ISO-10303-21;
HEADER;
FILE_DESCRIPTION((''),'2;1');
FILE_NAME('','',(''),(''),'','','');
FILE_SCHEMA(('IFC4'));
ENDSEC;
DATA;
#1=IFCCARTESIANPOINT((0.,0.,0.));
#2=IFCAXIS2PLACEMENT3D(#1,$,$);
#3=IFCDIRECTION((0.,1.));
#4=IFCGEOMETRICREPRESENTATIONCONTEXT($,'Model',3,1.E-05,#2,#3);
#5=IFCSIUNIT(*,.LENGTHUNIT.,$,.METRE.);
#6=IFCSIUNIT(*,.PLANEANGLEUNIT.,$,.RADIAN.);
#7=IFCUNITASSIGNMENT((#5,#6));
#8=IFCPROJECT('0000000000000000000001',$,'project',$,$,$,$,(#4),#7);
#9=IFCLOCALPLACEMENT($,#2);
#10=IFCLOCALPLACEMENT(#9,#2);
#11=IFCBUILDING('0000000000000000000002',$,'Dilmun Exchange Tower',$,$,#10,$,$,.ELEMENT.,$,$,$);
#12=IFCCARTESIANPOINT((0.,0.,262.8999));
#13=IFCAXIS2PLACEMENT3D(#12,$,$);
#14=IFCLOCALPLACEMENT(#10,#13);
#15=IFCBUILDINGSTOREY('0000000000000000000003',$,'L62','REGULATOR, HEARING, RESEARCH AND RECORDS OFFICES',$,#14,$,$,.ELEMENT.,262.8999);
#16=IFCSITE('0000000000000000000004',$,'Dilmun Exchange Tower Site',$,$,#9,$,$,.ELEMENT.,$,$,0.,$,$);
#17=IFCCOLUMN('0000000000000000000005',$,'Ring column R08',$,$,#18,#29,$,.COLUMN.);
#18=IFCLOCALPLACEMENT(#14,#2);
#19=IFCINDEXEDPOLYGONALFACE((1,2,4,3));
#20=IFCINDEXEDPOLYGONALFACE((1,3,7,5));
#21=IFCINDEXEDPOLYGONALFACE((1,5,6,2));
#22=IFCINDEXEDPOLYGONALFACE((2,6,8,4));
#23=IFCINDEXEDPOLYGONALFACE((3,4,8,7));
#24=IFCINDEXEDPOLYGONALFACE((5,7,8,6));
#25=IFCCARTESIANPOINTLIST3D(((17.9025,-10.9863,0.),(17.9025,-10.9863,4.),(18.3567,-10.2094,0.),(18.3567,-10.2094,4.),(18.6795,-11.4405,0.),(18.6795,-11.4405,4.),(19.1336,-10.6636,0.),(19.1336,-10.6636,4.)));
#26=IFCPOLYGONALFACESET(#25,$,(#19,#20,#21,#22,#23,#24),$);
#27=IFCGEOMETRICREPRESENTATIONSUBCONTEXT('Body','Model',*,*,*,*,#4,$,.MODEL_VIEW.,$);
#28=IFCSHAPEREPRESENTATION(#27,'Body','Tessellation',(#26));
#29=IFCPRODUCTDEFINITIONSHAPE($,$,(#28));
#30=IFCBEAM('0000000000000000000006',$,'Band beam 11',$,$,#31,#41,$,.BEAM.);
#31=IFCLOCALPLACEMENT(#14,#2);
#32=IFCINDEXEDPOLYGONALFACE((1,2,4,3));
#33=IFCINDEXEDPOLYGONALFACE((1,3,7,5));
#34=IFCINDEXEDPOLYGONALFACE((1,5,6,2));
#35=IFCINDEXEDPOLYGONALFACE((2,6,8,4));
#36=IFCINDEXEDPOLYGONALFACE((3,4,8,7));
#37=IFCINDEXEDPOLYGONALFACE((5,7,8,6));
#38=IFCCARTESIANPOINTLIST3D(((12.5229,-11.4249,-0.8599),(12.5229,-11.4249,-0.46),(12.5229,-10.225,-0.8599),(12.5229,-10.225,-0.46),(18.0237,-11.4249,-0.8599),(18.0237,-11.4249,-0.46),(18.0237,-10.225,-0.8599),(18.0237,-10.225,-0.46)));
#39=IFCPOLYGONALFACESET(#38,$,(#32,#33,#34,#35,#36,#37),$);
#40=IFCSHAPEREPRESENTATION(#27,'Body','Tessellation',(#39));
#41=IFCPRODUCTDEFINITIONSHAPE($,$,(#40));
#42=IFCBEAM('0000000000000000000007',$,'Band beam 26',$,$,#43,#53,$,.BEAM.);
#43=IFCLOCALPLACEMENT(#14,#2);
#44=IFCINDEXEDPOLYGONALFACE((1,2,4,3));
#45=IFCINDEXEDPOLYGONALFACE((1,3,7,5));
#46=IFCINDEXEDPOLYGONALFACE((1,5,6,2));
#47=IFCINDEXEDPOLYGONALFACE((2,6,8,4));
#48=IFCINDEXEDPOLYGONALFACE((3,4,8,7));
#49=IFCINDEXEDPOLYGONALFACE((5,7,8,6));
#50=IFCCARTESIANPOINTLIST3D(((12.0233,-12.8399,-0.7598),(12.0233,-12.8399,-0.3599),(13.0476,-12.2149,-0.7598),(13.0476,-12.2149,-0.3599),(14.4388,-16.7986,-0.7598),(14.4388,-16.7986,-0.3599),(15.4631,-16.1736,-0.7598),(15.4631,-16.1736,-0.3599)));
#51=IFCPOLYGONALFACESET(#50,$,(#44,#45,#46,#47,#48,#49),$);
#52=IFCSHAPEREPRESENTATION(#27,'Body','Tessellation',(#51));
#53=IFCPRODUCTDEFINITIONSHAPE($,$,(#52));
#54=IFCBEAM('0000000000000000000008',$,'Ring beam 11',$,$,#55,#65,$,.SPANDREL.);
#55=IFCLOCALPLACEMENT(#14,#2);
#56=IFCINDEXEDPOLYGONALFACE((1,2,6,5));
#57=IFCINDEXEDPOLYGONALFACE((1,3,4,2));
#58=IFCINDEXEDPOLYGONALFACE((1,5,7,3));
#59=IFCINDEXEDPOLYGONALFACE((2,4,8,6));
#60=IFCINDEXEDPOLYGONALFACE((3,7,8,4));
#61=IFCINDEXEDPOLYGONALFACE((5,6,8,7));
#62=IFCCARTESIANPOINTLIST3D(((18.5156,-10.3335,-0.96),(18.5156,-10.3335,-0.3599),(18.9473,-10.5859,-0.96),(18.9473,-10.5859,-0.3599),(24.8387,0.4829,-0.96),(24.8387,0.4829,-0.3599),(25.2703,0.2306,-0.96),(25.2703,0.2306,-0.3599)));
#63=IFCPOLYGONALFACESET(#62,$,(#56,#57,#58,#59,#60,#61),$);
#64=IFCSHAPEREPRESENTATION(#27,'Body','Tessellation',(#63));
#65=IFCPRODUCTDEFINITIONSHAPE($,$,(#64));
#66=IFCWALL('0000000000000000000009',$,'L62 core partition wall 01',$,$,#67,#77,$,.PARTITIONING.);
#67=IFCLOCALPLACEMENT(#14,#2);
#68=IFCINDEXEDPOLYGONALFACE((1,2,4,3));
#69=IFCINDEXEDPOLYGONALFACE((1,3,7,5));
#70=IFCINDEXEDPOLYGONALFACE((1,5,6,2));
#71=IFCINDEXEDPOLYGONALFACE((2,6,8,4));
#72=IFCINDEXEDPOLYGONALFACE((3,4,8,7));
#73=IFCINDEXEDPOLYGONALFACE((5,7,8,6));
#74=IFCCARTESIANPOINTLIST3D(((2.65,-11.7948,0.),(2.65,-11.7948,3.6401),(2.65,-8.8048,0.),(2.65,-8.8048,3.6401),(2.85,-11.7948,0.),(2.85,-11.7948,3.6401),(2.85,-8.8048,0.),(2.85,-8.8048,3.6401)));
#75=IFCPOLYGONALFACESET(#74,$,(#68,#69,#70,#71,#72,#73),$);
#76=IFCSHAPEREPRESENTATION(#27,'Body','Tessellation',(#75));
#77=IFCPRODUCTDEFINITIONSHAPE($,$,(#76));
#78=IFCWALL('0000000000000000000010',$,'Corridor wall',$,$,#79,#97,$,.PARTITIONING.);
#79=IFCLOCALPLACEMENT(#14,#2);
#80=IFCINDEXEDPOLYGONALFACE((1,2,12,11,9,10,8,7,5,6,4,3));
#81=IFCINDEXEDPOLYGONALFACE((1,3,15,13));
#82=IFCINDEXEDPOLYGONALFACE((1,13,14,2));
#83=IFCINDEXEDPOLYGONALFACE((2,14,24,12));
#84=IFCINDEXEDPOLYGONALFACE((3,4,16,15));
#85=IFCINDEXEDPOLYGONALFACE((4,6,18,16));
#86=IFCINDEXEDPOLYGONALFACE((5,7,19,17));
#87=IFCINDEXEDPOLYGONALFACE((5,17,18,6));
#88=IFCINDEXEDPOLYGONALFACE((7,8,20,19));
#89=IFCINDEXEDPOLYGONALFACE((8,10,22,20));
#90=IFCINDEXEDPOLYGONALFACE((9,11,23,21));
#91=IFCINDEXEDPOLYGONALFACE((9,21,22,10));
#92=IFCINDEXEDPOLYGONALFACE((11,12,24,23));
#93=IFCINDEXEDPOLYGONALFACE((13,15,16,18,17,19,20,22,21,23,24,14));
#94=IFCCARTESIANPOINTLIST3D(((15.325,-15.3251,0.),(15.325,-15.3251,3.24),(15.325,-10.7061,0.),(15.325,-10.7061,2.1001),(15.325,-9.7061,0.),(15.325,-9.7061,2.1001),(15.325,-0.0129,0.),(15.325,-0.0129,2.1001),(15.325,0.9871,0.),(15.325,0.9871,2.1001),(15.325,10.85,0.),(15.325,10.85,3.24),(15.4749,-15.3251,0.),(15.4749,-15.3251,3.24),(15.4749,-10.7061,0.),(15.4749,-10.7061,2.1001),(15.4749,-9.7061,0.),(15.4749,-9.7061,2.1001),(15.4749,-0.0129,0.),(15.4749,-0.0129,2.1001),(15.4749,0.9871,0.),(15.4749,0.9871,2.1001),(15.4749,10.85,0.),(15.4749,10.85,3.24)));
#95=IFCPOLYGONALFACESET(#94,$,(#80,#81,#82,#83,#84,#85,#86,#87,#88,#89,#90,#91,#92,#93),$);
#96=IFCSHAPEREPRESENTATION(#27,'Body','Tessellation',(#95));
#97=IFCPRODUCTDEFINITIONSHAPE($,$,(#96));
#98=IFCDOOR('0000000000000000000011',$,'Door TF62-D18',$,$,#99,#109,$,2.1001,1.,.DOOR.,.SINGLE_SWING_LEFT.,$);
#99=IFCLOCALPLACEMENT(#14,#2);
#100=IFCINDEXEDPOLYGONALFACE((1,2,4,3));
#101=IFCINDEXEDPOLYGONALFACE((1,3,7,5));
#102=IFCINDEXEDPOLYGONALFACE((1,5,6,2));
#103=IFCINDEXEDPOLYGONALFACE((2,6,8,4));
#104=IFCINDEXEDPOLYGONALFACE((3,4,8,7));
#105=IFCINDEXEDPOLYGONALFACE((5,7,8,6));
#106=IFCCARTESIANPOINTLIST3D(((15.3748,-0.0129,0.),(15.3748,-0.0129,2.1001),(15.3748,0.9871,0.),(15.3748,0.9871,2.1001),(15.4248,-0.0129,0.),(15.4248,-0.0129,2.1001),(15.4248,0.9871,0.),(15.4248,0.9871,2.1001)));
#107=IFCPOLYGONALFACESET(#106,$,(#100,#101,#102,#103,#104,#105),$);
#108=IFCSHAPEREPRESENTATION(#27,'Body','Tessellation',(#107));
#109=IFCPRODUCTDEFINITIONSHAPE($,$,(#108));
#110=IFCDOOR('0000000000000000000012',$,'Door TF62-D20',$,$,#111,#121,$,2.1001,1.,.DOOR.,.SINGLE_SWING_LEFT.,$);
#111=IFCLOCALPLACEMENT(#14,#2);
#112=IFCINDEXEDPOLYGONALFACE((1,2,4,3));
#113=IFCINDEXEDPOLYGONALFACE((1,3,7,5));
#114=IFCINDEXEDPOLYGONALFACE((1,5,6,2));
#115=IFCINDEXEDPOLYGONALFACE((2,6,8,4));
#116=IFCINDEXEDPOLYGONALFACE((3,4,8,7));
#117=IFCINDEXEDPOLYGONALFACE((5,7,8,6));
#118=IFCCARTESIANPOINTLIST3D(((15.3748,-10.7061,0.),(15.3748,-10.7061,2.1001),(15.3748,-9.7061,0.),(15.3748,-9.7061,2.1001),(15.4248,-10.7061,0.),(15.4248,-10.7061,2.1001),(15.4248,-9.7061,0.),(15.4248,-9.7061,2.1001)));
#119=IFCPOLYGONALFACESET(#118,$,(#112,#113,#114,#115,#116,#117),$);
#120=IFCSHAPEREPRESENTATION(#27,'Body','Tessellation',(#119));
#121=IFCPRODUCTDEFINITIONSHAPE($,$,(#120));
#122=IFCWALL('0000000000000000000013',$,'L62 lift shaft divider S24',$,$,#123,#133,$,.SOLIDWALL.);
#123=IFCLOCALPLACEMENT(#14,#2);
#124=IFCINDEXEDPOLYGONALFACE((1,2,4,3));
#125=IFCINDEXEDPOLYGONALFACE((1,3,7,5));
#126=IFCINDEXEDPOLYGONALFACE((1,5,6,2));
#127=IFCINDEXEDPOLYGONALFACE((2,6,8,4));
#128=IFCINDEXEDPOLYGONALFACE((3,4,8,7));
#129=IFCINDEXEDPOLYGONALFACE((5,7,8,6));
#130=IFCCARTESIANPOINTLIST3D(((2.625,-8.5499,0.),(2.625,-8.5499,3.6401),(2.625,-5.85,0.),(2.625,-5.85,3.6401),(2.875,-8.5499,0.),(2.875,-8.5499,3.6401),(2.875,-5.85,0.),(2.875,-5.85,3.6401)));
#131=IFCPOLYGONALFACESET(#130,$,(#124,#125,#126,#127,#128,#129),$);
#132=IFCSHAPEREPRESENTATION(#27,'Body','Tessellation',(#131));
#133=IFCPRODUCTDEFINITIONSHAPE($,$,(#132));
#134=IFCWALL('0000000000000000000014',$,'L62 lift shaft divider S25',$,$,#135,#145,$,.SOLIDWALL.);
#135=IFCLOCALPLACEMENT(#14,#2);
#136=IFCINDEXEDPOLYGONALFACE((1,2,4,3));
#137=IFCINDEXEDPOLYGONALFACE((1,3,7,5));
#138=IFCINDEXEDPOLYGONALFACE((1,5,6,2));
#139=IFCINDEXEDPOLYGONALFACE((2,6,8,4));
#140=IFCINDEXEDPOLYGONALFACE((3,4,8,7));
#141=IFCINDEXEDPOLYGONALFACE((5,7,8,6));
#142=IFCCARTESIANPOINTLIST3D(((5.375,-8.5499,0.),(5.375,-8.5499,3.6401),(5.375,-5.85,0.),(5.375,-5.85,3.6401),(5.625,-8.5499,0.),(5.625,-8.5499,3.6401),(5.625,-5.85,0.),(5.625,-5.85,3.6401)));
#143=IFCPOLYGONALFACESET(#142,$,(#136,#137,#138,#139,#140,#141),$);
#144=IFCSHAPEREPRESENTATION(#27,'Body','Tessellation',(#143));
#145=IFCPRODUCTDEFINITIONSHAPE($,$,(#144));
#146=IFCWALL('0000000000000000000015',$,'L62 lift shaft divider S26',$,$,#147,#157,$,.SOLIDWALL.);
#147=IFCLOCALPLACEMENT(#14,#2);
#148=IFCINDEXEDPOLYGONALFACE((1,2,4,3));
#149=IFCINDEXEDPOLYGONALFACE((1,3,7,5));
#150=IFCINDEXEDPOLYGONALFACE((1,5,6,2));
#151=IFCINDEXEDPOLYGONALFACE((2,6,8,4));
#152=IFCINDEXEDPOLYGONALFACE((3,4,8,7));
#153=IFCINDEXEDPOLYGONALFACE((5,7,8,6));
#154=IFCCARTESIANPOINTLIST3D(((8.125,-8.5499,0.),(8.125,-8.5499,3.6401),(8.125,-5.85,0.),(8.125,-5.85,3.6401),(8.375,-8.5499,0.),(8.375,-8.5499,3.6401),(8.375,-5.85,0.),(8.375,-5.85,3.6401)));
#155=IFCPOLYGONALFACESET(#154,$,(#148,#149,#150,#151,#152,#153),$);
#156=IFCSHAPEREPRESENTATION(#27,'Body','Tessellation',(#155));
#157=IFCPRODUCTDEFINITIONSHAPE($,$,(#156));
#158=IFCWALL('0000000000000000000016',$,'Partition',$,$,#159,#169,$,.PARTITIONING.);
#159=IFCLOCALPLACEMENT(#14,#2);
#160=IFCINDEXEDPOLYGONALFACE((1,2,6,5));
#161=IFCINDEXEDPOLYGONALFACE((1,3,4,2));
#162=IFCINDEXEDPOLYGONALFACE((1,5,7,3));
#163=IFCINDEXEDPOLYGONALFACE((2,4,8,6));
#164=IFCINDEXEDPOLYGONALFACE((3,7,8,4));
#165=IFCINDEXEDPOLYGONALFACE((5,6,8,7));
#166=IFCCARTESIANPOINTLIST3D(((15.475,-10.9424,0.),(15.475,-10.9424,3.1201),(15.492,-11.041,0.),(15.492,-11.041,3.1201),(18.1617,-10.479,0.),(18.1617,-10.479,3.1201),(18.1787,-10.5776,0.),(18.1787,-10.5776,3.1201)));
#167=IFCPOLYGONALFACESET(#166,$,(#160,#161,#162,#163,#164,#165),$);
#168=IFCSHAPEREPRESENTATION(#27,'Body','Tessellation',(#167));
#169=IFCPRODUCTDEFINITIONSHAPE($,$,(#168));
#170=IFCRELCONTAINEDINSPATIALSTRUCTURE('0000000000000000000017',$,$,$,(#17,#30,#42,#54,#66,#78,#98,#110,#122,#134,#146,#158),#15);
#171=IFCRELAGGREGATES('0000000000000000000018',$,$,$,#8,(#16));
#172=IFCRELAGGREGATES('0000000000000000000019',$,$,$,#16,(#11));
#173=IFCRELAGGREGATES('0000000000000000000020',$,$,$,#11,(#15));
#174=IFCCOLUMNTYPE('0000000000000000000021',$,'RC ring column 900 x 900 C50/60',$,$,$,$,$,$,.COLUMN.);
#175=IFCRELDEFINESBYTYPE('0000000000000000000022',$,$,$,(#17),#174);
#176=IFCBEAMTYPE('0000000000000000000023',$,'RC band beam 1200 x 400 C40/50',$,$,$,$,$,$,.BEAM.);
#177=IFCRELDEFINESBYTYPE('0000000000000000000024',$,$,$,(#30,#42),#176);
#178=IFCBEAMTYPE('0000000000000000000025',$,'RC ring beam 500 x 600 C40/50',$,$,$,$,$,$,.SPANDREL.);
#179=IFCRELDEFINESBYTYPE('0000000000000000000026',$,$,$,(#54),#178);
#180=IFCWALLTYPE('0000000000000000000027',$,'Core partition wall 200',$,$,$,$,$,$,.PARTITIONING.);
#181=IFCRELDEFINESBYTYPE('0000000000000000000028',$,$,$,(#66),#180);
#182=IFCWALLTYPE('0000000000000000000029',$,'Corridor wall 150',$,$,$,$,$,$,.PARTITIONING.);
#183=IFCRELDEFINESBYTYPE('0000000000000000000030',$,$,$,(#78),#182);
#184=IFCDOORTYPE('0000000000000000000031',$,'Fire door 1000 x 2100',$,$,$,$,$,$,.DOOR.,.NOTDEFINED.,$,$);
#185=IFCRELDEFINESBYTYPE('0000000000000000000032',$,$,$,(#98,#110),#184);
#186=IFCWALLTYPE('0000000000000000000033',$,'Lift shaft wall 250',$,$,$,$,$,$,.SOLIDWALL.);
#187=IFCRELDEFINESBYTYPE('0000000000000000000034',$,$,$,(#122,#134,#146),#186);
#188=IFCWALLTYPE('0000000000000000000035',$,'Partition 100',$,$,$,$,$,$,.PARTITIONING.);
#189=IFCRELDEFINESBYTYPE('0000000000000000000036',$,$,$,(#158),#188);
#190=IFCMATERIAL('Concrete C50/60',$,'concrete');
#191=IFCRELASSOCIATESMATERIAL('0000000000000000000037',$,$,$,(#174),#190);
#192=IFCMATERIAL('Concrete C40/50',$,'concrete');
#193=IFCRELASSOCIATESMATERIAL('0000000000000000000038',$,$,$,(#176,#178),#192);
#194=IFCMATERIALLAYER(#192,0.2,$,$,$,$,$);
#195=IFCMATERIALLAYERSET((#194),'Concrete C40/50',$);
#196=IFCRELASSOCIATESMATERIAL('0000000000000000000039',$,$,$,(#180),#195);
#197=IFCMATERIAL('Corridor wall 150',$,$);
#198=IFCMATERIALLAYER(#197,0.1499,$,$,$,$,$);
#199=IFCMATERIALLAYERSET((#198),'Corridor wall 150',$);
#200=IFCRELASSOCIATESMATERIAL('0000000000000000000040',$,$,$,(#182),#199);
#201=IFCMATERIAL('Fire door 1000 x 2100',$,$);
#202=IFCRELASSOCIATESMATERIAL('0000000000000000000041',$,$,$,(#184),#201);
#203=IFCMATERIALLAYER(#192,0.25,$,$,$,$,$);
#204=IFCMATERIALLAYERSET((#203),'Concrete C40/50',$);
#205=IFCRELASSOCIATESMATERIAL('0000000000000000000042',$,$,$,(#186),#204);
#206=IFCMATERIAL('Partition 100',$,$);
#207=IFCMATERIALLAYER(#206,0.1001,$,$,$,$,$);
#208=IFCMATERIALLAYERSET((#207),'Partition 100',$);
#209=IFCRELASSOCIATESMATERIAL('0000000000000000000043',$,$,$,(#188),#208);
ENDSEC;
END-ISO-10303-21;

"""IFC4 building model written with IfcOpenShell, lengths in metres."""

from ifc_helpers import new_model, si_unit, direction, frame, frame_2d, origin, origin_2d, place, context, subcontext, project, spatial, rectangle, extrude, material, layer, layer_set, material_profile, profile_set, type_object, element, fill, save


model = new_model("IFC4")

# Units and contexts
model_context = context("Model", 3, precision=1e-05, world=origin(), true_north=direction((0.0, 1.0)))
body_context = subcontext(model_context, "Body", "Model", "MODEL_VIEW")
ifc_project = project(units=[si_unit("LENGTHUNIT", "METRE"), si_unit("PLANEANGLEUNIT", "RADIAN")], contexts=[model_context])

# Site, building, storey
site_placement = place(None, origin())
site = spatial("IfcSite", under=ifc_project, at=site_placement, Name="Dilmun Exchange Tower Site", CompositionType="ELEMENT", RefElevation=0.0)
building_placement = place(site_placement, origin())
building = spatial("IfcBuilding", under=site, at=building_placement, Name="Dilmun Exchange Tower", CompositionType="ELEMENT")
storey_placement = place(building_placement, frame((0.0, 0.0, 262.8999)))
storey = spatial("IfcBuildingStorey", under=building, at=storey_placement, Name="L62", Description="REGULATOR, HEARING, RESEARCH AND RECORDS OFFICES", CompositionType="ELEMENT", Elevation=262.8999)

# Column
ifc_material_1 = material(Name="Concrete C50/60", Category="concrete")
ifc_material_profile_1 = material_profile(ifc_material_1, rectangle(XDim=0.8999, YDim=0.8999, at=origin_2d()), Name="900 x 900")
ifc_profile_set_1 = profile_set([ifc_material_profile_1], Name="Concrete C50/60")
column_type = type_object("IfcColumnType", Name="RC ring column 900 x 900 C50/60", PredefinedType="COLUMN", material=ifc_profile_set_1)
column_placement = place(storey_placement, frame((18.5181, -10.825, 0.0), z_axis=(0.0, 0.0, 1.0), x_axis=(0.504644, 0.863328, 0.0)))
element("IfcColumn", 1, at=column_placement, inside=storey, type_object=column_type, Name="Ring column R08", PredefinedType="COLUMN", context=body_context, shape_type="SweptSolid", body=[
    extrude(rectangle(XDim=0.8999, YDim=0.8999, at=origin_2d()), origin(), (0.0, 0.0, 1.0), 4.0),
])

# Beams
ifc_material_2 = material(Name="Concrete C40/50", Category="concrete")
ifc_material_profile_2 = material_profile(ifc_material_2, rectangle(XDim=1.2, YDim=0.3999, at=origin_2d()), Name="1200 x 400")
ifc_profile_set_2 = profile_set([ifc_material_profile_2], Name="Concrete C40/50")
beam_type_1 = type_object("IfcBeamType", Name="RC band beam 1200 x 400 C40/50", PredefinedType="BEAM", material=ifc_profile_set_2)
beam_1_placement = place(storey_placement, frame((18.0237, -10.825, -0.6599), z_axis=(-1.0, 0.0, 0.0), x_axis=(0.0, -1.0, 0.0)))
element("IfcBeam", 2, at=beam_1_placement, inside=storey, type_object=beam_type_1, Name="Band beam 11", PredefinedType="BEAM", context=body_context, shape_type="SweptSolid", body=[
    extrude(rectangle(XDim=1.2, YDim=0.3999, at=origin_2d()), origin(), (0.0, 0.0, 1.0), 5.5007),
])
beam_2_placement = place(storey_placement, frame((14.9509, -16.4861, -0.5598), z_axis=(-0.520869, 0.853637, 0.0), x_axis=(-0.853637, -0.520869, 0.0)))
element("IfcBeam", 3, at=beam_2_placement, inside=storey, type_object=beam_type_1, Name="Band beam 26", PredefinedType="BEAM", context=body_context, shape_type="SweptSolid", body=[
    extrude(rectangle(XDim=1.2, YDim=0.3999, at=origin_2d()), origin(), (0.0, 0.0, 1.0), 4.6375),
])
ifc_material_profile_3 = material_profile(ifc_material_2, rectangle(XDim=0.5, YDim=0.6001, at=origin_2d()), Name="500 x 600")
ifc_profile_set_3 = profile_set([ifc_material_profile_3], Name="Concrete C40/50")
beam_type_2 = type_object("IfcBeamType", Name="RC ring beam 500 x 600 C40/50", PredefinedType="SPANDREL", material=ifc_profile_set_3)
beam_3_placement = place(storey_placement, frame((18.7314, -10.4597, -0.6599), z_axis=(0.50467, 0.863312, 0.0), x_axis=(-0.863312, 0.50467, 0.0)))
element("IfcBeam", 4, at=beam_3_placement, inside=storey, type_object=beam_type_2, Name="Ring beam 11", PredefinedType="SPANDREL", context=body_context, shape_type="SweptSolid", body=[
    extrude(rectangle(XDim=0.5, YDim=0.6001, at=origin_2d()), origin(), (0.0, 0.0, 1.0), 12.5291),
])

# Wall
ifc_layer_1 = layer(ifc_material_2, 0.2)
ifc_layer_set_1 = layer_set([ifc_layer_1], Name="Concrete C40/50")
wall_type_1 = type_object("IfcWallType", Name="Core partition wall 200", PredefinedType="PARTITIONING", material=ifc_layer_set_1)
wall_1_placement = place(storey_placement, frame((2.75, -11.7949, 0.0), z_axis=(0.0, 0.0, 1.0), x_axis=(0.0, 1.0, 0.0)))
element("IfcWall", 5, at=wall_1_placement, inside=storey, type_object=wall_type_1, Name="L62 core partition wall 01", PredefinedType="PARTITIONING", context=body_context, shape_type="SweptSolid", body=[
    extrude(rectangle(XDim=2.99, YDim=0.2, at=frame_2d((1.4951, 0.0))), origin(), (0.0, 0.0, 1.0), 3.6401),
])

# Wall, openings, doors
ifc_material_3 = material(Name="Corridor wall 150")
ifc_layer_2 = layer(ifc_material_3, 0.1499)
ifc_layer_set_2 = layer_set([ifc_layer_2], Name="Corridor wall 150")
wall_type_2 = type_object("IfcWallType", Name="Corridor wall 150", PredefinedType="PARTITIONING", material=ifc_layer_set_2)
wall_2_placement = place(storey_placement, frame((15.3999, -15.325, 0.0), z_axis=(0.0, 0.0, 1.0), x_axis=(0.0, 1.0, 0.0)))
wall_2 = element("IfcWall", 6, at=wall_2_placement, inside=storey, type_object=wall_type_2, Name="Corridor wall", PredefinedType="PARTITIONING", context=body_context, shape_type="SweptSolid", body=[
    extrude(rectangle(XDim=26.175, YDim=0.1499, at=frame_2d((13.0874, 0.0))), origin(), (0.0, 0.0, 1.0), 3.24),
])
opening_1_placement = place(wall_2_placement, frame((15.312, 0.0, 0.0)))
opening_1 = element("IfcOpeningElement", 7, at=opening_1_placement, cuts=wall_2, PredefinedType="OPENING", context=body_context, shape_type="SweptSolid", body=[
    extrude(rectangle(XDim=1.0, YDim=2.1001, at=frame_2d((0.5, 1.05))), frame((0.0, 0.085, 0.0), z_axis=(0.0, -1.0, 0.0), x_axis=(1.0, 0.0, 0.0)), (0.0, 0.0, 1.0), 0.1699),
])
opening_2_placement = place(wall_2_placement, frame((4.6189, 0.0, 0.0)))
opening_2 = element("IfcOpeningElement", 8, at=opening_2_placement, cuts=wall_2, PredefinedType="OPENING", context=body_context, shape_type="SweptSolid", body=[
    extrude(rectangle(XDim=1.0, YDim=2.1001, at=frame_2d((0.5, 1.05))), frame((0.0, 0.085, 0.0), z_axis=(0.0, -1.0, 0.0), x_axis=(1.0, 0.0, 0.0)), (0.0, 0.0, 1.0), 0.1699),
])
ifc_material_4 = material(Name="Fire door 1000 x 2100")
door_type_1 = type_object("IfcDoorType", Name="Fire door 1000 x 2100", OperationType="NOTDEFINED", PredefinedType="DOOR", material=ifc_material_4)
door_1_placement = place(opening_1_placement, frame((1.0, 0.0, 0.0), z_axis=(0.0, 0.0, 1.0), x_axis=(-1.0, 0.0, 0.0)))
door_1 = element("IfcDoor", 9, at=door_1_placement, inside=storey, type_object=door_type_1, Name="Door TF62-D18", OperationType="SINGLE_SWING_LEFT", OverallHeight=2.1001, OverallWidth=1.0, PredefinedType="DOOR", context=body_context, shape_type="SweptSolid", body=[
    extrude(rectangle(XDim=1.0, YDim=2.1001, at=frame_2d((0.5, 1.05))), frame((0.0, 0.0249, 0.0), z_axis=(0.0, -1.0, 0.0), x_axis=(1.0, 0.0, 0.0)), (0.0, 0.0, 1.0), 0.05),
])
fill(opening_1, door_1)
door_2_placement = place(opening_2_placement, frame((1.0, 0.0, 0.0), z_axis=(0.0, 0.0, 1.0), x_axis=(-1.0, 0.0, 0.0)))
door_2 = element("IfcDoor", 10, at=door_2_placement, inside=storey, type_object=door_type_1, Name="Door TF62-D20", OperationType="SINGLE_SWING_LEFT", OverallHeight=2.1001, OverallWidth=1.0, PredefinedType="DOOR", context=body_context, shape_type="SweptSolid", body=[
    extrude(rectangle(XDim=1.0, YDim=2.1001, at=frame_2d((0.5, 1.05))), frame((0.0, 0.0249, 0.0), z_axis=(0.0, -1.0, 0.0), x_axis=(1.0, 0.0, 0.0)), (0.0, 0.0, 1.0), 0.05),
])
fill(opening_2, door_2)

# Walls
ifc_layer_3 = layer(ifc_material_2, 0.25)
ifc_layer_set_3 = layer_set([ifc_layer_3], Name="Concrete C40/50")
wall_type_3 = type_object("IfcWallType", Name="Lift shaft wall 250", PredefinedType="SOLIDWALL", material=ifc_layer_set_3)
for number, where, z_axis, x_axis, name in (
    (11, (2.75, -8.55, 0.0), (0.0, 0.0, 1.0), (0.0, 1.0, 0.0), "L62 lift shaft divider S24"),
    (12, (5.5, -8.55, 0.0), (0.0, 0.0, 1.0), (0.0, 1.0, 0.0), "L62 lift shaft divider S25"),
    (13, (8.25, -8.55, 0.0), (0.0, 0.0, 1.0), (0.0, 1.0, 0.0), "L62 lift shaft divider S26"),
):
    element("IfcWall", number, at=place(storey_placement, frame(where, z_axis=z_axis, x_axis=x_axis)), inside=storey, type_object=wall_type_3, Name=name, PredefinedType="SOLIDWALL", context=body_context, shape_type="SweptSolid", body=[
        extrude(rectangle(XDim=2.7, YDim=0.25, at=frame_2d((1.3501, 0.0))), origin(), (0.0, 0.0, 1.0), 3.6401),
    ])
ifc_material_5 = material(Name="Partition 100")
ifc_layer_4 = layer(ifc_material_5, 0.1001)
ifc_layer_set_4 = layer_set([ifc_layer_4], Name="Partition 100")
wall_type_4 = type_object("IfcWallType", Name="Partition 100", PredefinedType="PARTITIONING", material=ifc_layer_set_4)
wall_3_placement = place(storey_placement, frame((15.4834, -10.9917, 0.0), z_axis=(0.0, 0.0, 1.0), x_axis=(0.985451, 0.169958, 0.0)))
element("IfcWall", 14, at=wall_3_placement, inside=storey, type_object=wall_type_4, Name="Partition", PredefinedType="PARTITIONING", context=body_context, shape_type="SweptSolid", body=[
    extrude(rectangle(XDim=2.7263, YDim=0.1001, at=frame_2d((1.3633, 0.0))), origin(), (0.0, 0.0, 1.0), 3.1201),
])

save(model, "model.ifc")
